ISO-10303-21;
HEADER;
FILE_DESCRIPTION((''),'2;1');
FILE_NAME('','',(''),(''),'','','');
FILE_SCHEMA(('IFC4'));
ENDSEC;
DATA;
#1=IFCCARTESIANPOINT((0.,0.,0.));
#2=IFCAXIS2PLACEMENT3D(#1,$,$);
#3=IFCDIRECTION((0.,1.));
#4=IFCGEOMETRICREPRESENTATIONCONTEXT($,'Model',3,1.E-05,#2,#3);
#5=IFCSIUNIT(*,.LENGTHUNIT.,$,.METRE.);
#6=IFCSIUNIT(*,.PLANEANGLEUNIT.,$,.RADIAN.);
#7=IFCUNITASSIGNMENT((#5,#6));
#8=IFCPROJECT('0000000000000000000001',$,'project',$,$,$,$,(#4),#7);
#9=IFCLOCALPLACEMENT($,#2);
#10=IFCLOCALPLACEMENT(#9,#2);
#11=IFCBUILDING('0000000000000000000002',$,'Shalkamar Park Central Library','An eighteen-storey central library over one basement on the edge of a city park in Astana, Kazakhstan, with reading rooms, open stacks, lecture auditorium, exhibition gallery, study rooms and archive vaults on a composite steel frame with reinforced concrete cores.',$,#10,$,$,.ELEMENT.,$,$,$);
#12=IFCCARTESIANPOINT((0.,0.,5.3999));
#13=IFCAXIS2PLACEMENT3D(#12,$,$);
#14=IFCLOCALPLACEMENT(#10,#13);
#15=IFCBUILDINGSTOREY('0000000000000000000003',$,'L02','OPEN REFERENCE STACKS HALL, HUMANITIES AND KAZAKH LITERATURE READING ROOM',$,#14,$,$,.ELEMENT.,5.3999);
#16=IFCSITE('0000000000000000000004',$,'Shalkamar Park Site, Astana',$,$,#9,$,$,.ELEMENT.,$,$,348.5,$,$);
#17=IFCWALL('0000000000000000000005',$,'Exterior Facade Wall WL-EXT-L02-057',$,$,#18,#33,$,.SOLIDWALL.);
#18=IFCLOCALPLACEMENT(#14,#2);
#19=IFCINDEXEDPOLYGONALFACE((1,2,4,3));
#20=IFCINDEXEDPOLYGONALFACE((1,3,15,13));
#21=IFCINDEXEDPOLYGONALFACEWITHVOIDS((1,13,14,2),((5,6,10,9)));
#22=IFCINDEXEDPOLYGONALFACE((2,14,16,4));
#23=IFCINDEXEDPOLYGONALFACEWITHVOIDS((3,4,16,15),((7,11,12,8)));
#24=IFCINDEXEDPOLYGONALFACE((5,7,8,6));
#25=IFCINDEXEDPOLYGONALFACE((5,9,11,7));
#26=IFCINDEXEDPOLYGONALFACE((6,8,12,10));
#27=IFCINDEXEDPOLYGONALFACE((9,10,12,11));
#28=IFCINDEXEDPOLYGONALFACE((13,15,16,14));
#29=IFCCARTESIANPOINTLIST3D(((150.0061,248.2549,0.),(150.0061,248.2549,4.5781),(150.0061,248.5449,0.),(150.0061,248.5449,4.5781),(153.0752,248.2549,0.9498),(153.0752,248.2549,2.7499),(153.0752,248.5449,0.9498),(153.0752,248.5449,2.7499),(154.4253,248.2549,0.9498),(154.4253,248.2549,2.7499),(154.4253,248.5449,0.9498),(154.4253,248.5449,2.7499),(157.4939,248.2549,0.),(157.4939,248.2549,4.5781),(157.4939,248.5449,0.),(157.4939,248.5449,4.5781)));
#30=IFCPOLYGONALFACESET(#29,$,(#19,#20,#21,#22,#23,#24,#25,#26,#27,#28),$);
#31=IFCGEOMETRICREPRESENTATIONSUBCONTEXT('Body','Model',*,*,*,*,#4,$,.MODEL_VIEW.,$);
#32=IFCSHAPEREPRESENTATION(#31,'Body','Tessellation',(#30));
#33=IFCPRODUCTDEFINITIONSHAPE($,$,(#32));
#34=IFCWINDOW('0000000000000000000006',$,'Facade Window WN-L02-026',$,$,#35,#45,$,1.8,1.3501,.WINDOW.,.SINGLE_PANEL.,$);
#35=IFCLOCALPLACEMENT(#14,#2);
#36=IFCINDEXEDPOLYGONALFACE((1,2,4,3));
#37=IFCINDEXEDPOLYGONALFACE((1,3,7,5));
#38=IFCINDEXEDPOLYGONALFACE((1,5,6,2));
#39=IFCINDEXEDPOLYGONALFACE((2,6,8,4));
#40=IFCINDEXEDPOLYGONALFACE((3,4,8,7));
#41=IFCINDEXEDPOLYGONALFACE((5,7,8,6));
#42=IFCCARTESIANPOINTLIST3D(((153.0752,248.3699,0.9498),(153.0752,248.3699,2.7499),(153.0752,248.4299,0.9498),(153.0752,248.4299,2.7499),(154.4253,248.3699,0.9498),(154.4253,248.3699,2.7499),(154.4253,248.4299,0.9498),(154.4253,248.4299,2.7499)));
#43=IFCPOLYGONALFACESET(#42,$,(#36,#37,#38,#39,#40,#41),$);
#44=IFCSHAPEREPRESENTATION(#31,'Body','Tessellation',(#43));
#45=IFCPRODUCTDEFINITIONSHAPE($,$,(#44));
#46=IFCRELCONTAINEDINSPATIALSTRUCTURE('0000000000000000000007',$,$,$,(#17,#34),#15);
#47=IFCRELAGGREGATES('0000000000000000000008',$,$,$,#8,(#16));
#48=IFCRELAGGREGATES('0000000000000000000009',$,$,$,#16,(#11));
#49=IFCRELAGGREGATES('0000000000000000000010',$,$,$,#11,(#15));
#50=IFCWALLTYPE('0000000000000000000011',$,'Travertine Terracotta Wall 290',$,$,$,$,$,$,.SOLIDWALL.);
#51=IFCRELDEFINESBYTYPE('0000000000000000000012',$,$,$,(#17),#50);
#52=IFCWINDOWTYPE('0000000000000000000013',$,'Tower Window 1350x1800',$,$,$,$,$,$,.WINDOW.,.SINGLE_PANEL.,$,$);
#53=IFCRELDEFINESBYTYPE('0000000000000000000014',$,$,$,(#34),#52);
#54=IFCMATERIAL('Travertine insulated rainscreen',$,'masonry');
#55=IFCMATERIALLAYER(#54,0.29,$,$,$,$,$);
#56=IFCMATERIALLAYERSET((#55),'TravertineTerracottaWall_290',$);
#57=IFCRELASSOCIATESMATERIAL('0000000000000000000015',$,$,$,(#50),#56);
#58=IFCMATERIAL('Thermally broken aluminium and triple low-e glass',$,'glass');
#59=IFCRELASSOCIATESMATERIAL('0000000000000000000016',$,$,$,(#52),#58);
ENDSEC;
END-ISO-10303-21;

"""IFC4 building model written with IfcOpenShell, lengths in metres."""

from ifc_helpers import new_model, si_unit, direction, frame, frame_2d, origin, place, context, subcontext, project, spatial, rectangle, extrude, material, layer, layer_set, type_object, element, fill, save


model = new_model("IFC4")

# Units and contexts
model_context = context("Model", 3, precision=1e-05, world=origin(), true_north=direction((0.0, 1.0)))
body_context = subcontext(model_context, "Body", "Model", "MODEL_VIEW")
ifc_project = project(units=[si_unit("LENGTHUNIT", "METRE"), si_unit("PLANEANGLEUNIT", "RADIAN")], contexts=[model_context])

# Site, building, storey
site_placement = place(None, origin())
site = spatial("IfcSite", under=ifc_project, at=site_placement, Name="Shalkamar Park Site, Astana", CompositionType="ELEMENT", RefElevation=348.5)
building_placement = place(site_placement, origin())
building = spatial("IfcBuilding", under=site, at=building_placement, Name="Shalkamar Park Central Library", Description="An eighteen-storey central library over one basement on the edge of a city park in Astana, Kazakhstan, with reading rooms, open stacks, lecture auditorium, exhibition gallery, study rooms and archive vaults on a composite steel frame with reinforced concrete cores.", CompositionType="ELEMENT")
storey_placement = place(building_placement, frame((0.0, 0.0, 5.3999)))
storey = spatial("IfcBuildingStorey", under=building, at=storey_placement, Name="L02", Description="OPEN REFERENCE STACKS HALL, HUMANITIES AND KAZAKH LITERATURE READING ROOM", CompositionType="ELEMENT", Elevation=5.3999)

# Wall, opening, window
ifc_material_1 = material(Name="Travertine insulated rainscreen", Category="masonry")
ifc_layer_1 = layer(ifc_material_1, 0.29)
ifc_layer_set_1 = layer_set([ifc_layer_1], Name="TravertineTerracottaWall_290")
wall_type_1 = type_object("IfcWallType", Name="Travertine Terracotta Wall 290", PredefinedType="SOLIDWALL", material=ifc_layer_set_1)
ifc_material_2 = material(Name="Thermally broken aluminium and triple low-e glass", Category="glass")
wall_1_placement = place(storey_placement, frame((150.0061, 248.3999, 0.0), z_axis=(0.0, 0.0, 1.0), x_axis=(1.0, 0.0, 0.0)))
wall_1 = element("IfcWall", 1, at=wall_1_placement, inside=storey, type_object=wall_type_1, Name="Exterior Facade Wall WL-EXT-L02-057", PredefinedType="SOLIDWALL", context=body_context, shape_type="SweptSolid", body=[
    extrude(rectangle(XDim=7.4878, YDim=0.29, at=frame_2d((3.7439, 0.0))), origin(), (0.0, 0.0, 1.0), 4.5781),
])
opening_1_placement = place(wall_1_placement, frame((3.0691, 0.0, 0.95)))
opening_1 = element("IfcOpeningElement", 2, at=opening_1_placement, cuts=wall_1, PredefinedType="OPENING", context=body_context, shape_type="SweptSolid", body=[
    extrude(rectangle(XDim=1.3501, YDim=1.8, at=frame_2d((0.675, 0.8999))), frame((0.0, 0.1599, 0.0), z_axis=(0.0, -1.0, 0.0), x_axis=(1.0, 0.0, 0.0)), (0.0, 0.0, 1.0), 0.3198),
])
window_type_1 = type_object("IfcWindowType", Name="Tower Window 1350x1800", PartitioningType="SINGLE_PANEL", PredefinedType="WINDOW", material=ifc_material_2)
window_1_placement = place(opening_1_placement, origin())
window_1 = element("IfcWindow", 3, at=window_1_placement, inside=storey, type_object=window_type_1, Name="Facade Window WN-L02-026", OverallHeight=1.8, OverallWidth=1.3501, PartitioningType="SINGLE_PANEL", PredefinedType="WINDOW", context=body_context, shape_type="SweptSolid", body=[
    extrude(rectangle(XDim=1.3501, YDim=1.8, at=frame_2d((0.675, 0.8999))), frame((0.0, 0.03, 0.0), z_axis=(0.0, -1.0, 0.0), x_axis=(1.0, 0.0, 0.0)), (0.0, 0.0, 1.0), 0.0601),
])
fill(opening_1, window_1)

save(model, "model.ifc")
